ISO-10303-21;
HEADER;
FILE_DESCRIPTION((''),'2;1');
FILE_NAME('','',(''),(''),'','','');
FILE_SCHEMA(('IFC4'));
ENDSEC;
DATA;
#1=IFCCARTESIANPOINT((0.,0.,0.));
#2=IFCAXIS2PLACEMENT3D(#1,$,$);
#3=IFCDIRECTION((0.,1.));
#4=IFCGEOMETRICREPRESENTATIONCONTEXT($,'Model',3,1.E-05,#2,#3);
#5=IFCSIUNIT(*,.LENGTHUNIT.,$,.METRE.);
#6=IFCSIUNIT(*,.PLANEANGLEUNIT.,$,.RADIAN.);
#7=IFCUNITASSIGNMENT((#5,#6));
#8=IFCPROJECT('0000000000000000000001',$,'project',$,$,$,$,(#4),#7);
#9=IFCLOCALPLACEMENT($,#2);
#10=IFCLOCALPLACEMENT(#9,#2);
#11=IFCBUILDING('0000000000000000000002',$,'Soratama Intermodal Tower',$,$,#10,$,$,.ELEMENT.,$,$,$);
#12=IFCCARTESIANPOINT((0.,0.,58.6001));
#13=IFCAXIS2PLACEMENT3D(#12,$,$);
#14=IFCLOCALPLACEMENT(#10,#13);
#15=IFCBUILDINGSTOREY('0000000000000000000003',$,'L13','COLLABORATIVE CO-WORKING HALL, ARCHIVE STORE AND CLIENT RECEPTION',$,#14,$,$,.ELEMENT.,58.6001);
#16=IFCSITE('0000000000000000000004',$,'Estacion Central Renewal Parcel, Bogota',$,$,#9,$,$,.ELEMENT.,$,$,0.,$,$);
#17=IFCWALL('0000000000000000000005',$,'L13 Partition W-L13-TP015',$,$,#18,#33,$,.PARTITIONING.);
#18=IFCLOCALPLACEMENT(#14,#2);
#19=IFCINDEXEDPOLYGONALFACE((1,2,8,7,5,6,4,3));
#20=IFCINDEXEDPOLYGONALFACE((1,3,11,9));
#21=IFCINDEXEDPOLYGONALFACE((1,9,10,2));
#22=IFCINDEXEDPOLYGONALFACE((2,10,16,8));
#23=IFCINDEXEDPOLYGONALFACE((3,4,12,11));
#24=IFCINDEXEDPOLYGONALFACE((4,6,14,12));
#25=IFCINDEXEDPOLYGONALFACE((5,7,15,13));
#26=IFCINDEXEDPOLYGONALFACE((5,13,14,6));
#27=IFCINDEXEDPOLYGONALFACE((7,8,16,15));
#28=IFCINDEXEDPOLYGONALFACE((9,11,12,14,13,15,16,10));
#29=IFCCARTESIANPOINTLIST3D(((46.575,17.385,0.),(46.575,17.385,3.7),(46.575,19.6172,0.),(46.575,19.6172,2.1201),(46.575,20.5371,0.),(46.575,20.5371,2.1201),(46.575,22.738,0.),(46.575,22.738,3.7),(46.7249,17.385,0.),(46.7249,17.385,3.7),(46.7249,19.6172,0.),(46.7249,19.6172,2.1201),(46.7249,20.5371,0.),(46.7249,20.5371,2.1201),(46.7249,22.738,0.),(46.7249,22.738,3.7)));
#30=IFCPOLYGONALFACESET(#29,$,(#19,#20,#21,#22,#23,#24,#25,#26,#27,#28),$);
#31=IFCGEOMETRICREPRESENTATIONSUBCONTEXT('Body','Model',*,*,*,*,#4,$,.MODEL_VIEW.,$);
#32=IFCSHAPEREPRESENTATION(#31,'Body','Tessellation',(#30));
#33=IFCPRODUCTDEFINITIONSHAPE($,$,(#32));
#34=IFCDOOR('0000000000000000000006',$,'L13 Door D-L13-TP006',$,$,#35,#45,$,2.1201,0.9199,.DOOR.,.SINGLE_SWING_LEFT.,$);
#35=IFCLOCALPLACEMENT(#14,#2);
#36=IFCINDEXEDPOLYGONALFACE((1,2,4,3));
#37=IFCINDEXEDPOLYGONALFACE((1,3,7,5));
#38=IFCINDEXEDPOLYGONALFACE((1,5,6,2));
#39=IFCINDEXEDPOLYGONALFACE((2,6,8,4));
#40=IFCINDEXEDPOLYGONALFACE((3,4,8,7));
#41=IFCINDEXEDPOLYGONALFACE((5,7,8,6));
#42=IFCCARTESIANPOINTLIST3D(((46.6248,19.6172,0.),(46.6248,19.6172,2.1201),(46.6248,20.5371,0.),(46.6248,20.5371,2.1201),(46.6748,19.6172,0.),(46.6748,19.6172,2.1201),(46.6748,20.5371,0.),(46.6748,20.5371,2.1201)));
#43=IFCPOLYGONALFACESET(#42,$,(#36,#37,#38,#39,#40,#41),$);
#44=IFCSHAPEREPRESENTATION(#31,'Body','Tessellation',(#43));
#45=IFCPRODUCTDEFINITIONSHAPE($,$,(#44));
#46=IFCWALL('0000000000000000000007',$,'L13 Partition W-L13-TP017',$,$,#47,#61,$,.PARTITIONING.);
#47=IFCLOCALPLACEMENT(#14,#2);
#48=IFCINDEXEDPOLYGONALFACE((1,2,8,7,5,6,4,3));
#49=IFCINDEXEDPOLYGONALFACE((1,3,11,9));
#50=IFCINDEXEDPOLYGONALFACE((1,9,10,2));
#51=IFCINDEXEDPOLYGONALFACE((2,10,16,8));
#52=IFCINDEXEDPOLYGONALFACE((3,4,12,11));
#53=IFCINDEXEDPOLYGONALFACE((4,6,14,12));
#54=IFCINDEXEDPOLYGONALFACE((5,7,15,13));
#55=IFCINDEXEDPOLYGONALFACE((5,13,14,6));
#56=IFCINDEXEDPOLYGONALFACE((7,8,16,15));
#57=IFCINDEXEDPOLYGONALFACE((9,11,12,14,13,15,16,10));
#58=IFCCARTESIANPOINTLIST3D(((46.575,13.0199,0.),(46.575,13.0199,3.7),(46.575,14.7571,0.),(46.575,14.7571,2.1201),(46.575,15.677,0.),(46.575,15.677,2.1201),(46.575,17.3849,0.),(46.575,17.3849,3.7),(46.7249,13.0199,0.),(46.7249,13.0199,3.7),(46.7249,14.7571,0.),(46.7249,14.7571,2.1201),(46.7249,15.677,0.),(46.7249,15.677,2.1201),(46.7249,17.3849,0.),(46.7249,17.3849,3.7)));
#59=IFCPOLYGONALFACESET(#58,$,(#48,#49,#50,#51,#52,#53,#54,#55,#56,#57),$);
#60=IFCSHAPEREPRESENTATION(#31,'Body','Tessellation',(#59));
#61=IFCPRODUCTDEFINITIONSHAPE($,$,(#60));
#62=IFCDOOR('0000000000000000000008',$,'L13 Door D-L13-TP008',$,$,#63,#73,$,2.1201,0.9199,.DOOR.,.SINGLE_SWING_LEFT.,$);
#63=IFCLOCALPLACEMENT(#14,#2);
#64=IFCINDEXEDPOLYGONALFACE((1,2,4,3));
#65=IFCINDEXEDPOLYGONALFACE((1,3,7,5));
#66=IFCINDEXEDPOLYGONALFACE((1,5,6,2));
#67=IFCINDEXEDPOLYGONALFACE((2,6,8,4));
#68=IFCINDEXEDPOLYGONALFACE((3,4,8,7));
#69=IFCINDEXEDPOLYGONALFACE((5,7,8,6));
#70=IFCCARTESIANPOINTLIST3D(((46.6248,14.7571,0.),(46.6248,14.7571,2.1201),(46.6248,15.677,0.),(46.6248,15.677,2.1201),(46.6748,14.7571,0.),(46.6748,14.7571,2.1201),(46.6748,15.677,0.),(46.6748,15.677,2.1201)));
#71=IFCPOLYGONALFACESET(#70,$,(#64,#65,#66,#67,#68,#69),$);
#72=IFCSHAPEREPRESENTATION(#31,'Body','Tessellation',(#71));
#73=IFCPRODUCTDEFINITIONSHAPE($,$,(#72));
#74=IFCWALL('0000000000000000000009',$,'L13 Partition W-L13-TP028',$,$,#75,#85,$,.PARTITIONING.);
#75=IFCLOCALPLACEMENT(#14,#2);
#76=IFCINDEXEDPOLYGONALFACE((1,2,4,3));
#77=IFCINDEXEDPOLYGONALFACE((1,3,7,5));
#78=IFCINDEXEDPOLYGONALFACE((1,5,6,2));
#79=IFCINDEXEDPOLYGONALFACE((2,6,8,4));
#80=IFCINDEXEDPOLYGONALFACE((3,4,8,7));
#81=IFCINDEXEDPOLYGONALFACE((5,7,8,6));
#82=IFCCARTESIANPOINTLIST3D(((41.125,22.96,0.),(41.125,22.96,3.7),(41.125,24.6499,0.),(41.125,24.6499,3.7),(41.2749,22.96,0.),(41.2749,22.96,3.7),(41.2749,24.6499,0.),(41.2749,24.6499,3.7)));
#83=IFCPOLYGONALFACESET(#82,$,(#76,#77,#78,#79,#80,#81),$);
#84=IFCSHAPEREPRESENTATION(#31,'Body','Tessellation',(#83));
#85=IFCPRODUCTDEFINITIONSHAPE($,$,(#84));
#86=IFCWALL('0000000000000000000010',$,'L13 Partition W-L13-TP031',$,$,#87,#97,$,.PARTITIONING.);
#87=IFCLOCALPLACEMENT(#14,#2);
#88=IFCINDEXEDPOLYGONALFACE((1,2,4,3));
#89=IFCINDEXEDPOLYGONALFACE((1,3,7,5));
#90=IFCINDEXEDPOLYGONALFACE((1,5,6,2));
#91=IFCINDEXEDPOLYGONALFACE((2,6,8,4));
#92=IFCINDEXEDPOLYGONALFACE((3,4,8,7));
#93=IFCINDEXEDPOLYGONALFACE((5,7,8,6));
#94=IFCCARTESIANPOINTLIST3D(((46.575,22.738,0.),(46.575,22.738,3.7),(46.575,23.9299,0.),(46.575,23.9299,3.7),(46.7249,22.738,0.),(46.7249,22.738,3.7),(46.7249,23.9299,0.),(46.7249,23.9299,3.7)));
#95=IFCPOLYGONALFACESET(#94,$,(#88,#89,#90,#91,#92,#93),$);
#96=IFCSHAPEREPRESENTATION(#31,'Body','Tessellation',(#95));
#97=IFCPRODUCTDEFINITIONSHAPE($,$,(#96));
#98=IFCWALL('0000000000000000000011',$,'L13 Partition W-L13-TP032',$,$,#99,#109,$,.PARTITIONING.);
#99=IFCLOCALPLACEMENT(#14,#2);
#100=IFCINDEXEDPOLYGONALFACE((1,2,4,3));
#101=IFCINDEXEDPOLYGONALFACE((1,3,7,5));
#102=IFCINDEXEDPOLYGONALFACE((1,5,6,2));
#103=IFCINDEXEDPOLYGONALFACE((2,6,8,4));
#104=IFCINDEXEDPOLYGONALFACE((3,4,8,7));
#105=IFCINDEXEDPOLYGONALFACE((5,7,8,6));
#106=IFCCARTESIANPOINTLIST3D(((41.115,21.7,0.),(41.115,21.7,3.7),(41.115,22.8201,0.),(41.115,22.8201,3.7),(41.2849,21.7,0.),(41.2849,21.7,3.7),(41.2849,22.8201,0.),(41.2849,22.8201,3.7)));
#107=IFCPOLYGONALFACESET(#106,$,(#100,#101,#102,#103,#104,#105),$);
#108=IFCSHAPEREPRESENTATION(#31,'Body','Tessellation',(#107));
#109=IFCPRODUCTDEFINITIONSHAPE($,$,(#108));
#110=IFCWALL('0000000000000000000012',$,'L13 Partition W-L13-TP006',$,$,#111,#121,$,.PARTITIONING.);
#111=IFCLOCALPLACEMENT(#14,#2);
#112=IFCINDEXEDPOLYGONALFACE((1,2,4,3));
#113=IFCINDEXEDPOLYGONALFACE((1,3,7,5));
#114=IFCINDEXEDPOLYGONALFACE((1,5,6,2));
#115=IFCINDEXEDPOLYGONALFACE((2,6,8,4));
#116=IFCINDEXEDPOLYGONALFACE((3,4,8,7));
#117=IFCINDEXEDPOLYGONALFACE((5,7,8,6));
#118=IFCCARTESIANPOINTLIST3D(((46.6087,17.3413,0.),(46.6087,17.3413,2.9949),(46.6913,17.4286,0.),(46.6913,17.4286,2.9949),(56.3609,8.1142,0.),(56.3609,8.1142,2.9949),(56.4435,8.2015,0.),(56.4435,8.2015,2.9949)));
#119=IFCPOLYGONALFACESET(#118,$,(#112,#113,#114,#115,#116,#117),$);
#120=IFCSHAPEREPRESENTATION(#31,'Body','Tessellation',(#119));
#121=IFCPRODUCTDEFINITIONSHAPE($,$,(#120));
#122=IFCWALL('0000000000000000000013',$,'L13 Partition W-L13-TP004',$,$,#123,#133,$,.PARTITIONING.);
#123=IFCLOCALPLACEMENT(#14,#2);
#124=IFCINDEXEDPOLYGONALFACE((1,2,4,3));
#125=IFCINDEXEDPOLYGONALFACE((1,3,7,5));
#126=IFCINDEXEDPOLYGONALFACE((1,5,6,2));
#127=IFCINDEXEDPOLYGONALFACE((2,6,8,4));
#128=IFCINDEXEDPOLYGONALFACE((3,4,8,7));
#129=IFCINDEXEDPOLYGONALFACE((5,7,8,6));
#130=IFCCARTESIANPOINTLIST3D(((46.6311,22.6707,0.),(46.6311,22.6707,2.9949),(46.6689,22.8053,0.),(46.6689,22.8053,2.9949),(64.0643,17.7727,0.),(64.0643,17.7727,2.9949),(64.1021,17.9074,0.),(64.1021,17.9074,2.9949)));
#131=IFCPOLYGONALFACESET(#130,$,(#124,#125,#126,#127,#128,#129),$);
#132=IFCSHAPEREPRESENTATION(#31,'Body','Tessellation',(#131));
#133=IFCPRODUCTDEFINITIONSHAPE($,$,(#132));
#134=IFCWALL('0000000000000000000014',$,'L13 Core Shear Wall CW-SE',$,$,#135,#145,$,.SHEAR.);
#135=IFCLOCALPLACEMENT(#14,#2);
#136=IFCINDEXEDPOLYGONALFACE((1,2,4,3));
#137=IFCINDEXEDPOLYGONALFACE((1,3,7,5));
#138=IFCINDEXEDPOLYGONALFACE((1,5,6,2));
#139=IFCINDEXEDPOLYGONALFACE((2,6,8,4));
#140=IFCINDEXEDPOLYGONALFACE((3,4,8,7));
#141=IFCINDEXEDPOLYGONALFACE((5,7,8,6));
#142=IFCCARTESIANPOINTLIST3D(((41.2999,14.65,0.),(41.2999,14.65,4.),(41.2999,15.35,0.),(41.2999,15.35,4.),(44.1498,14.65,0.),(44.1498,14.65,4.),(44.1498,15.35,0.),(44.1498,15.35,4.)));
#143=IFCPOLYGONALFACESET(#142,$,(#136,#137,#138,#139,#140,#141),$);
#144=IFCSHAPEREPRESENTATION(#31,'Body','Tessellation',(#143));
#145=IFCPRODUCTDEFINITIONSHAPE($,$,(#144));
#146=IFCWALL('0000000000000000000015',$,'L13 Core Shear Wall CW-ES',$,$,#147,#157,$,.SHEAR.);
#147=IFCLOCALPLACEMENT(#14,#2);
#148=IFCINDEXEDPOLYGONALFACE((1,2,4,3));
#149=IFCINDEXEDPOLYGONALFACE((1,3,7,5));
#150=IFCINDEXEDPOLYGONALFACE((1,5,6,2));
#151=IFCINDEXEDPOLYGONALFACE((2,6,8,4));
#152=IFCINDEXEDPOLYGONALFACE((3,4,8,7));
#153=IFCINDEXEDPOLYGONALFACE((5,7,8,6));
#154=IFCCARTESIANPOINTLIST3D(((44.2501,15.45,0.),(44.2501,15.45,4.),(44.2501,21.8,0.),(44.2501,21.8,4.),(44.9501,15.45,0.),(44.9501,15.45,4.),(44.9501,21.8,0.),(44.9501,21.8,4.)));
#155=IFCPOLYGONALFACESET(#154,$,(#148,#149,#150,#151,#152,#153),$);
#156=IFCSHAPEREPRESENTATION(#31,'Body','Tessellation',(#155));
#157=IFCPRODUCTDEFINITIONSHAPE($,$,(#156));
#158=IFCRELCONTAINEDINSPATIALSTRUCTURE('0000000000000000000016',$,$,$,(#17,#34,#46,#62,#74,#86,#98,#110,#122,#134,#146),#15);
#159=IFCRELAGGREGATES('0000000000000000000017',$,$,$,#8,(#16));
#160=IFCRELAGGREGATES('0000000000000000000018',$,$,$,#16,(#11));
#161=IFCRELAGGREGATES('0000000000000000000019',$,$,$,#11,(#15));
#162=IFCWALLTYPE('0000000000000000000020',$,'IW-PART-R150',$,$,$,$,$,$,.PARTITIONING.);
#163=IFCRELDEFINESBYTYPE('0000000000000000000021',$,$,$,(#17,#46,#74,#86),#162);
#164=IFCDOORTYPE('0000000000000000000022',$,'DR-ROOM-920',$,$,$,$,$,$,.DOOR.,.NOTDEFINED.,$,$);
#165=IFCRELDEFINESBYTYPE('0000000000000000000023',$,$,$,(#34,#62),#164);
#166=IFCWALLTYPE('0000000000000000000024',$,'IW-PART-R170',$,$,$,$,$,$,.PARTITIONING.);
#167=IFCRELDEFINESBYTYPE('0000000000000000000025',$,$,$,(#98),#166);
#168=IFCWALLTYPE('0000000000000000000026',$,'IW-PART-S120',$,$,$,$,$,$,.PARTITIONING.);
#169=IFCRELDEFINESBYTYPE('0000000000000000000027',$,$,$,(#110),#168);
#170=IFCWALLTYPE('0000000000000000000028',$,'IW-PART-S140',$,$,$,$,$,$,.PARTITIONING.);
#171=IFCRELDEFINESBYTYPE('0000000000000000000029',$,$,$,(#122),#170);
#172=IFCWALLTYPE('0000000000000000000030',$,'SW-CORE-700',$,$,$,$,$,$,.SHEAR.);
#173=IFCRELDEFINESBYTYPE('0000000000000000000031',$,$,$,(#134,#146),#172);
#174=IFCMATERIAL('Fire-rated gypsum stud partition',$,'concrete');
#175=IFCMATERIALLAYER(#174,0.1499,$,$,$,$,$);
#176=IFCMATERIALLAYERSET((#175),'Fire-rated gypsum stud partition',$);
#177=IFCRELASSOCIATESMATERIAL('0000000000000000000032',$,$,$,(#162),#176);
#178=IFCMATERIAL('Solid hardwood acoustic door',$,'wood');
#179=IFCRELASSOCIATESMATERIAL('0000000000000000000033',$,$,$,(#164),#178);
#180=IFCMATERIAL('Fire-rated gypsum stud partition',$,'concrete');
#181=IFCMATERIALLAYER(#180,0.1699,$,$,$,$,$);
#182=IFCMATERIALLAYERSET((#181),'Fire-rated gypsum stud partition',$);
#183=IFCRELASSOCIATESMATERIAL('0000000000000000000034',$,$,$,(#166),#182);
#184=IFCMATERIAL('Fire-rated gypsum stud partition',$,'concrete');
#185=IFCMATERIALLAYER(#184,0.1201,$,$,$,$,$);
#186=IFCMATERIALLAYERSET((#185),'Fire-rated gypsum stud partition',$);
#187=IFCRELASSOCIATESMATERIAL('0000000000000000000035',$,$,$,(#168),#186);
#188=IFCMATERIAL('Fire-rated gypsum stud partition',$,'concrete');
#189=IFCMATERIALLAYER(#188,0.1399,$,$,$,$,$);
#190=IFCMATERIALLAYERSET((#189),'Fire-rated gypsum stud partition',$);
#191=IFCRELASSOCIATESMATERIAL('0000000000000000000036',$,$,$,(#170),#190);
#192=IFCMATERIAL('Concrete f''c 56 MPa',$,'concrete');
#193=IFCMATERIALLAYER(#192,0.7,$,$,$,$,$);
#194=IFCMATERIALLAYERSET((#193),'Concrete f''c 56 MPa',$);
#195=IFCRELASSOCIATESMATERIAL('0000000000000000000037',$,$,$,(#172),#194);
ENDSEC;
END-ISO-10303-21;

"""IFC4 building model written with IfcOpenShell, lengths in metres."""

from ifc_helpers import new_model, si_unit, direction, frame, frame_2d, origin, place, context, subcontext, project, spatial, rectangle, extrude, material, layer, layer_set, type_object, element, fill, save


model = new_model("IFC4")

# Units and contexts
model_context = context("Model", 3, precision=1e-05, world=origin(), true_north=direction((0.0, 1.0)))
body_context = subcontext(model_context, "Body", "Model", "MODEL_VIEW")
ifc_project = project(units=[si_unit("LENGTHUNIT", "METRE"), si_unit("PLANEANGLEUNIT", "RADIAN")], contexts=[model_context])

# Site, building, storey
site_placement = place(None, origin())
site = spatial("IfcSite", under=ifc_project, at=site_placement, Name="Estacion Central Renewal Parcel, Bogota", CompositionType="ELEMENT", RefElevation=0.0)
building_placement = place(site_placement, origin())
building = spatial("IfcBuilding", under=site, at=building_placement, Name="Soratama Intermodal Tower", CompositionType="ELEMENT")
storey_placement = place(building_placement, frame((0.0, 0.0, 58.6001)))
storey = spatial("IfcBuildingStorey", under=building, at=storey_placement, Name="L13", Description="COLLABORATIVE CO-WORKING HALL, ARCHIVE STORE AND CLIENT RECEPTION", CompositionType="ELEMENT", Elevation=58.6001)

# Walls, openings, doors
ifc_material_1 = material(Name="Fire-rated gypsum stud partition", Category="concrete")
ifc_layer_1 = layer(ifc_material_1, 0.1499)
ifc_layer_set_1 = layer_set([ifc_layer_1], Name="Fire-rated gypsum stud partition")
wall_type_1 = type_object("IfcWallType", Name="IW-PART-R150", PredefinedType="PARTITIONING", material=ifc_layer_set_1)
wall_1_placement = place(storey_placement, frame((46.6499, 22.738, 0.0), z_axis=(0.0, 0.0, 1.0), x_axis=(0.0, -1.0, 0.0)))
wall_1 = element("IfcWall", 1, at=wall_1_placement, inside=storey, type_object=wall_type_1, Name="L13 Partition W-L13-TP015", PredefinedType="PARTITIONING", context=body_context, shape_type="SweptSolid", body=[
    extrude(rectangle(XDim=5.353, YDim=0.1499, at=frame_2d((2.6765, 0.0))), origin(), (0.0, 0.0, 1.0), 3.7),
])
opening_1_placement = place(wall_1_placement, frame((2.2009, 0.0, 0.0)))
opening_1 = element("IfcOpeningElement", 2, at=opening_1_placement, cuts=wall_1, PredefinedType="OPENING", context=body_context, shape_type="SweptSolid", body=[
    extrude(rectangle(XDim=0.9199, YDim=2.1201, at=frame_2d((0.46, 1.0601))), frame((0.0, 0.085, 0.0), z_axis=(0.0, -1.0, 0.0), x_axis=(1.0, 0.0, 0.0)), (0.0, 0.0, 1.0), 0.1699),
])
ifc_material_2 = material(Name="Solid hardwood acoustic door", Category="wood")
door_type_1 = type_object("IfcDoorType", Name="DR-ROOM-920", OperationType="NOTDEFINED", PredefinedType="DOOR", material=ifc_material_2)
door_1_placement = place(opening_1_placement, origin())
door_1 = element("IfcDoor", 3, at=door_1_placement, inside=storey, type_object=door_type_1, Name="L13 Door D-L13-TP006", OperationType="SINGLE_SWING_LEFT", OverallHeight=2.1201, OverallWidth=0.9199, PredefinedType="DOOR", context=body_context, shape_type="SweptSolid", body=[
    extrude(rectangle(XDim=0.9199, YDim=2.1201, at=frame_2d((0.46, 1.0601))), frame((0.0, 0.0249, 0.0), z_axis=(0.0, -1.0, 0.0), x_axis=(1.0, 0.0, 0.0)), (0.0, 0.0, 1.0), 0.05),
])
fill(opening_1, door_1)
wall_2_placement = place(storey_placement, frame((46.6499, 17.385, 0.0), z_axis=(0.0, 0.0, 1.0), x_axis=(0.0, -1.0, 0.0)))
wall_2 = element("IfcWall", 4, at=wall_2_placement, inside=storey, type_object=wall_type_1, Name="L13 Partition W-L13-TP017", PredefinedType="PARTITIONING", context=body_context, shape_type="SweptSolid", body=[
    extrude(rectangle(XDim=4.365, YDim=0.1499, at=frame_2d((2.1826, 0.0))), origin(), (0.0, 0.0, 1.0), 3.7),
])
opening_2_placement = place(wall_2_placement, frame((1.708, 0.0, 0.0)))
opening_2 = element("IfcOpeningElement", 5, at=opening_2_placement, cuts=wall_2, PredefinedType="OPENING", context=body_context, shape_type="SweptSolid", body=[
    extrude(rectangle(XDim=0.9199, YDim=2.1201, at=frame_2d((0.46, 1.0601))), frame((0.0, 0.085, 0.0), z_axis=(0.0, -1.0, 0.0), x_axis=(1.0, 0.0, 0.0)), (0.0, 0.0, 1.0), 0.1699),
])
door_2_placement = place(opening_2_placement, origin())
door_2 = element("IfcDoor", 6, at=door_2_placement, inside=storey, type_object=door_type_1, Name="L13 Door D-L13-TP008", OperationType="SINGLE_SWING_LEFT", OverallHeight=2.1201, OverallWidth=0.9199, PredefinedType="DOOR", context=body_context, shape_type="SweptSolid", body=[
    extrude(rectangle(XDim=0.9199, YDim=2.1201, at=frame_2d((0.46, 1.0601))), frame((0.0, 0.0249, 0.0), z_axis=(0.0, -1.0, 0.0), x_axis=(1.0, 0.0, 0.0)), (0.0, 0.0, 1.0), 0.05),
])
fill(opening_2, door_2)

# Walls
wall_3_placement = place(storey_placement, frame((41.2, 22.96, 0.0), z_axis=(0.0, 0.0, 1.0), x_axis=(0.0, 1.0, 0.0)))
element("IfcWall", 7, at=wall_3_placement, inside=storey, type_object=wall_type_1, Name="L13 Partition W-L13-TP028", PredefinedType="PARTITIONING", context=body_context, shape_type="SweptSolid", body=[
    extrude(rectangle(XDim=1.6899, YDim=0.1499, at=frame_2d((0.845, 0.0))), origin(), (0.0, 0.0, 1.0), 3.7),
])
wall_4_placement = place(storey_placement, frame((46.6499, 23.9299, 0.0), z_axis=(0.0, 0.0, 1.0), x_axis=(0.0, -1.0, 0.0)))
element("IfcWall", 8, at=wall_4_placement, inside=storey, type_object=wall_type_1, Name="L13 Partition W-L13-TP031", PredefinedType="PARTITIONING", context=body_context, shape_type="SweptSolid", body=[
    extrude(rectangle(XDim=1.1919, YDim=0.1499, at=frame_2d((0.5959, 0.0))), origin(), (0.0, 0.0, 1.0), 3.7),
])

# Shared definitions
ifc_material_3 = material(Name="Fire-rated gypsum stud partition", Category="concrete")
ifc_layer_2 = layer(ifc_material_3, 0.1699)
ifc_layer_set_2 = layer_set([ifc_layer_2], Name="Fire-rated gypsum stud partition")
wall_type_2 = type_object("IfcWallType", Name="IW-PART-R170", PredefinedType="PARTITIONING", material=ifc_layer_set_2)

# Walls
wall_5_placement = place(storey_placement, frame((41.2, 21.7, 0.0), z_axis=(0.0, 0.0, 1.0), x_axis=(0.0, 1.0, 0.0)))
element("IfcWall", 9, at=wall_5_placement, inside=storey, type_object=wall_type_2, Name="L13 Partition W-L13-TP032", PredefinedType="PARTITIONING", context=body_context, shape_type="SweptSolid", body=[
    extrude(rectangle(XDim=1.1201, YDim=0.1699, at=frame_2d((0.5601, 0.0))), origin(), (0.0, 0.0, 1.0), 3.7),
])
ifc_material_4 = material(Name="Fire-rated gypsum stud partition", Category="concrete")
ifc_layer_3 = layer(ifc_material_4, 0.1201)
ifc_layer_set_3 = layer_set([ifc_layer_3], Name="Fire-rated gypsum stud partition")
wall_type_3 = type_object("IfcWallType", Name="IW-PART-S120", PredefinedType="PARTITIONING", material=ifc_layer_set_3)
wall_6_placement = place(storey_placement, frame((46.6499, 17.385, 0.0), z_axis=(0.0, 0.0, 1.0), x_axis=(0.726394, -0.687278, 0.0)))
element("IfcWall", 10, at=wall_6_placement, inside=storey, type_object=wall_type_3, Name="L13 Partition W-L13-TP006", PredefinedType="PARTITIONING", context=body_context, shape_type="SweptSolid", body=[
    extrude(rectangle(XDim=13.4255, YDim=0.1201, at=frame_2d((6.7129, 0.0))), origin(), (0.0, 0.0, 1.0), 2.9949),
])
ifc_material_5 = material(Name="Fire-rated gypsum stud partition", Category="concrete")
ifc_layer_4 = layer(ifc_material_5, 0.1399)
ifc_layer_set_4 = layer_set([ifc_layer_4], Name="Fire-rated gypsum stud partition")
wall_type_4 = type_object("IfcWallType", Name="IW-PART-S140", PredefinedType="PARTITIONING", material=ifc_layer_set_4)
wall_7_placement = place(storey_placement, frame((46.6499, 22.738, 0.0), z_axis=(0.0, 0.0, 1.0), x_axis=(0.962724, -0.270484, 0.0)))
element("IfcWall", 11, at=wall_7_placement, inside=storey, type_object=wall_type_4, Name="L13 Partition W-L13-TP004", PredefinedType="PARTITIONING", context=body_context, shape_type="SweptSolid", body=[
    extrude(rectangle(XDim=18.1082, YDim=0.1399, at=frame_2d((9.0542, 0.0))), origin(), (0.0, 0.0, 1.0), 2.9949),
])
ifc_material_6 = material(Name="Concrete f'c 56 MPa", Category="concrete")
ifc_layer_5 = layer(ifc_material_6, 0.7)
ifc_layer_set_5 = layer_set([ifc_layer_5], Name="Concrete f'c 56 MPa")
wall_type_5 = type_object("IfcWallType", Name="SW-CORE-700", PredefinedType="SHEAR", material=ifc_layer_set_5)
wall_8_placement = place(storey_placement, frame((41.3, 15.0, 0.0), z_axis=(0.0, 0.0, 1.0), x_axis=(1.0, 0.0, 0.0)))
element("IfcWall", 12, at=wall_8_placement, inside=storey, type_object=wall_type_5, Name="L13 Core Shear Wall CW-SE", PredefinedType="SHEAR", context=body_context, shape_type="SweptSolid", body=[
    extrude(rectangle(XDim=2.8499, YDim=0.7, at=frame_2d((1.4248, 0.0))), origin(), (0.0, 0.0, 1.0), 4.0),
])
wall_9_placement = place(storey_placement, frame((44.6001, 15.45, 0.0), z_axis=(0.0, 0.0, 1.0), x_axis=(0.0, 1.0, 0.0)))
element("IfcWall", 13, at=wall_9_placement, inside=storey, type_object=wall_type_5, Name="L13 Core Shear Wall CW-ES", PredefinedType="SHEAR", context=body_context, shape_type="SweptSolid", body=[
    extrude(rectangle(XDim=6.3501, YDim=0.7, at=frame_2d((3.175, 0.0))), origin(), (0.0, 0.0, 1.0), 4.0),
])

save(model, "model.ifc")
